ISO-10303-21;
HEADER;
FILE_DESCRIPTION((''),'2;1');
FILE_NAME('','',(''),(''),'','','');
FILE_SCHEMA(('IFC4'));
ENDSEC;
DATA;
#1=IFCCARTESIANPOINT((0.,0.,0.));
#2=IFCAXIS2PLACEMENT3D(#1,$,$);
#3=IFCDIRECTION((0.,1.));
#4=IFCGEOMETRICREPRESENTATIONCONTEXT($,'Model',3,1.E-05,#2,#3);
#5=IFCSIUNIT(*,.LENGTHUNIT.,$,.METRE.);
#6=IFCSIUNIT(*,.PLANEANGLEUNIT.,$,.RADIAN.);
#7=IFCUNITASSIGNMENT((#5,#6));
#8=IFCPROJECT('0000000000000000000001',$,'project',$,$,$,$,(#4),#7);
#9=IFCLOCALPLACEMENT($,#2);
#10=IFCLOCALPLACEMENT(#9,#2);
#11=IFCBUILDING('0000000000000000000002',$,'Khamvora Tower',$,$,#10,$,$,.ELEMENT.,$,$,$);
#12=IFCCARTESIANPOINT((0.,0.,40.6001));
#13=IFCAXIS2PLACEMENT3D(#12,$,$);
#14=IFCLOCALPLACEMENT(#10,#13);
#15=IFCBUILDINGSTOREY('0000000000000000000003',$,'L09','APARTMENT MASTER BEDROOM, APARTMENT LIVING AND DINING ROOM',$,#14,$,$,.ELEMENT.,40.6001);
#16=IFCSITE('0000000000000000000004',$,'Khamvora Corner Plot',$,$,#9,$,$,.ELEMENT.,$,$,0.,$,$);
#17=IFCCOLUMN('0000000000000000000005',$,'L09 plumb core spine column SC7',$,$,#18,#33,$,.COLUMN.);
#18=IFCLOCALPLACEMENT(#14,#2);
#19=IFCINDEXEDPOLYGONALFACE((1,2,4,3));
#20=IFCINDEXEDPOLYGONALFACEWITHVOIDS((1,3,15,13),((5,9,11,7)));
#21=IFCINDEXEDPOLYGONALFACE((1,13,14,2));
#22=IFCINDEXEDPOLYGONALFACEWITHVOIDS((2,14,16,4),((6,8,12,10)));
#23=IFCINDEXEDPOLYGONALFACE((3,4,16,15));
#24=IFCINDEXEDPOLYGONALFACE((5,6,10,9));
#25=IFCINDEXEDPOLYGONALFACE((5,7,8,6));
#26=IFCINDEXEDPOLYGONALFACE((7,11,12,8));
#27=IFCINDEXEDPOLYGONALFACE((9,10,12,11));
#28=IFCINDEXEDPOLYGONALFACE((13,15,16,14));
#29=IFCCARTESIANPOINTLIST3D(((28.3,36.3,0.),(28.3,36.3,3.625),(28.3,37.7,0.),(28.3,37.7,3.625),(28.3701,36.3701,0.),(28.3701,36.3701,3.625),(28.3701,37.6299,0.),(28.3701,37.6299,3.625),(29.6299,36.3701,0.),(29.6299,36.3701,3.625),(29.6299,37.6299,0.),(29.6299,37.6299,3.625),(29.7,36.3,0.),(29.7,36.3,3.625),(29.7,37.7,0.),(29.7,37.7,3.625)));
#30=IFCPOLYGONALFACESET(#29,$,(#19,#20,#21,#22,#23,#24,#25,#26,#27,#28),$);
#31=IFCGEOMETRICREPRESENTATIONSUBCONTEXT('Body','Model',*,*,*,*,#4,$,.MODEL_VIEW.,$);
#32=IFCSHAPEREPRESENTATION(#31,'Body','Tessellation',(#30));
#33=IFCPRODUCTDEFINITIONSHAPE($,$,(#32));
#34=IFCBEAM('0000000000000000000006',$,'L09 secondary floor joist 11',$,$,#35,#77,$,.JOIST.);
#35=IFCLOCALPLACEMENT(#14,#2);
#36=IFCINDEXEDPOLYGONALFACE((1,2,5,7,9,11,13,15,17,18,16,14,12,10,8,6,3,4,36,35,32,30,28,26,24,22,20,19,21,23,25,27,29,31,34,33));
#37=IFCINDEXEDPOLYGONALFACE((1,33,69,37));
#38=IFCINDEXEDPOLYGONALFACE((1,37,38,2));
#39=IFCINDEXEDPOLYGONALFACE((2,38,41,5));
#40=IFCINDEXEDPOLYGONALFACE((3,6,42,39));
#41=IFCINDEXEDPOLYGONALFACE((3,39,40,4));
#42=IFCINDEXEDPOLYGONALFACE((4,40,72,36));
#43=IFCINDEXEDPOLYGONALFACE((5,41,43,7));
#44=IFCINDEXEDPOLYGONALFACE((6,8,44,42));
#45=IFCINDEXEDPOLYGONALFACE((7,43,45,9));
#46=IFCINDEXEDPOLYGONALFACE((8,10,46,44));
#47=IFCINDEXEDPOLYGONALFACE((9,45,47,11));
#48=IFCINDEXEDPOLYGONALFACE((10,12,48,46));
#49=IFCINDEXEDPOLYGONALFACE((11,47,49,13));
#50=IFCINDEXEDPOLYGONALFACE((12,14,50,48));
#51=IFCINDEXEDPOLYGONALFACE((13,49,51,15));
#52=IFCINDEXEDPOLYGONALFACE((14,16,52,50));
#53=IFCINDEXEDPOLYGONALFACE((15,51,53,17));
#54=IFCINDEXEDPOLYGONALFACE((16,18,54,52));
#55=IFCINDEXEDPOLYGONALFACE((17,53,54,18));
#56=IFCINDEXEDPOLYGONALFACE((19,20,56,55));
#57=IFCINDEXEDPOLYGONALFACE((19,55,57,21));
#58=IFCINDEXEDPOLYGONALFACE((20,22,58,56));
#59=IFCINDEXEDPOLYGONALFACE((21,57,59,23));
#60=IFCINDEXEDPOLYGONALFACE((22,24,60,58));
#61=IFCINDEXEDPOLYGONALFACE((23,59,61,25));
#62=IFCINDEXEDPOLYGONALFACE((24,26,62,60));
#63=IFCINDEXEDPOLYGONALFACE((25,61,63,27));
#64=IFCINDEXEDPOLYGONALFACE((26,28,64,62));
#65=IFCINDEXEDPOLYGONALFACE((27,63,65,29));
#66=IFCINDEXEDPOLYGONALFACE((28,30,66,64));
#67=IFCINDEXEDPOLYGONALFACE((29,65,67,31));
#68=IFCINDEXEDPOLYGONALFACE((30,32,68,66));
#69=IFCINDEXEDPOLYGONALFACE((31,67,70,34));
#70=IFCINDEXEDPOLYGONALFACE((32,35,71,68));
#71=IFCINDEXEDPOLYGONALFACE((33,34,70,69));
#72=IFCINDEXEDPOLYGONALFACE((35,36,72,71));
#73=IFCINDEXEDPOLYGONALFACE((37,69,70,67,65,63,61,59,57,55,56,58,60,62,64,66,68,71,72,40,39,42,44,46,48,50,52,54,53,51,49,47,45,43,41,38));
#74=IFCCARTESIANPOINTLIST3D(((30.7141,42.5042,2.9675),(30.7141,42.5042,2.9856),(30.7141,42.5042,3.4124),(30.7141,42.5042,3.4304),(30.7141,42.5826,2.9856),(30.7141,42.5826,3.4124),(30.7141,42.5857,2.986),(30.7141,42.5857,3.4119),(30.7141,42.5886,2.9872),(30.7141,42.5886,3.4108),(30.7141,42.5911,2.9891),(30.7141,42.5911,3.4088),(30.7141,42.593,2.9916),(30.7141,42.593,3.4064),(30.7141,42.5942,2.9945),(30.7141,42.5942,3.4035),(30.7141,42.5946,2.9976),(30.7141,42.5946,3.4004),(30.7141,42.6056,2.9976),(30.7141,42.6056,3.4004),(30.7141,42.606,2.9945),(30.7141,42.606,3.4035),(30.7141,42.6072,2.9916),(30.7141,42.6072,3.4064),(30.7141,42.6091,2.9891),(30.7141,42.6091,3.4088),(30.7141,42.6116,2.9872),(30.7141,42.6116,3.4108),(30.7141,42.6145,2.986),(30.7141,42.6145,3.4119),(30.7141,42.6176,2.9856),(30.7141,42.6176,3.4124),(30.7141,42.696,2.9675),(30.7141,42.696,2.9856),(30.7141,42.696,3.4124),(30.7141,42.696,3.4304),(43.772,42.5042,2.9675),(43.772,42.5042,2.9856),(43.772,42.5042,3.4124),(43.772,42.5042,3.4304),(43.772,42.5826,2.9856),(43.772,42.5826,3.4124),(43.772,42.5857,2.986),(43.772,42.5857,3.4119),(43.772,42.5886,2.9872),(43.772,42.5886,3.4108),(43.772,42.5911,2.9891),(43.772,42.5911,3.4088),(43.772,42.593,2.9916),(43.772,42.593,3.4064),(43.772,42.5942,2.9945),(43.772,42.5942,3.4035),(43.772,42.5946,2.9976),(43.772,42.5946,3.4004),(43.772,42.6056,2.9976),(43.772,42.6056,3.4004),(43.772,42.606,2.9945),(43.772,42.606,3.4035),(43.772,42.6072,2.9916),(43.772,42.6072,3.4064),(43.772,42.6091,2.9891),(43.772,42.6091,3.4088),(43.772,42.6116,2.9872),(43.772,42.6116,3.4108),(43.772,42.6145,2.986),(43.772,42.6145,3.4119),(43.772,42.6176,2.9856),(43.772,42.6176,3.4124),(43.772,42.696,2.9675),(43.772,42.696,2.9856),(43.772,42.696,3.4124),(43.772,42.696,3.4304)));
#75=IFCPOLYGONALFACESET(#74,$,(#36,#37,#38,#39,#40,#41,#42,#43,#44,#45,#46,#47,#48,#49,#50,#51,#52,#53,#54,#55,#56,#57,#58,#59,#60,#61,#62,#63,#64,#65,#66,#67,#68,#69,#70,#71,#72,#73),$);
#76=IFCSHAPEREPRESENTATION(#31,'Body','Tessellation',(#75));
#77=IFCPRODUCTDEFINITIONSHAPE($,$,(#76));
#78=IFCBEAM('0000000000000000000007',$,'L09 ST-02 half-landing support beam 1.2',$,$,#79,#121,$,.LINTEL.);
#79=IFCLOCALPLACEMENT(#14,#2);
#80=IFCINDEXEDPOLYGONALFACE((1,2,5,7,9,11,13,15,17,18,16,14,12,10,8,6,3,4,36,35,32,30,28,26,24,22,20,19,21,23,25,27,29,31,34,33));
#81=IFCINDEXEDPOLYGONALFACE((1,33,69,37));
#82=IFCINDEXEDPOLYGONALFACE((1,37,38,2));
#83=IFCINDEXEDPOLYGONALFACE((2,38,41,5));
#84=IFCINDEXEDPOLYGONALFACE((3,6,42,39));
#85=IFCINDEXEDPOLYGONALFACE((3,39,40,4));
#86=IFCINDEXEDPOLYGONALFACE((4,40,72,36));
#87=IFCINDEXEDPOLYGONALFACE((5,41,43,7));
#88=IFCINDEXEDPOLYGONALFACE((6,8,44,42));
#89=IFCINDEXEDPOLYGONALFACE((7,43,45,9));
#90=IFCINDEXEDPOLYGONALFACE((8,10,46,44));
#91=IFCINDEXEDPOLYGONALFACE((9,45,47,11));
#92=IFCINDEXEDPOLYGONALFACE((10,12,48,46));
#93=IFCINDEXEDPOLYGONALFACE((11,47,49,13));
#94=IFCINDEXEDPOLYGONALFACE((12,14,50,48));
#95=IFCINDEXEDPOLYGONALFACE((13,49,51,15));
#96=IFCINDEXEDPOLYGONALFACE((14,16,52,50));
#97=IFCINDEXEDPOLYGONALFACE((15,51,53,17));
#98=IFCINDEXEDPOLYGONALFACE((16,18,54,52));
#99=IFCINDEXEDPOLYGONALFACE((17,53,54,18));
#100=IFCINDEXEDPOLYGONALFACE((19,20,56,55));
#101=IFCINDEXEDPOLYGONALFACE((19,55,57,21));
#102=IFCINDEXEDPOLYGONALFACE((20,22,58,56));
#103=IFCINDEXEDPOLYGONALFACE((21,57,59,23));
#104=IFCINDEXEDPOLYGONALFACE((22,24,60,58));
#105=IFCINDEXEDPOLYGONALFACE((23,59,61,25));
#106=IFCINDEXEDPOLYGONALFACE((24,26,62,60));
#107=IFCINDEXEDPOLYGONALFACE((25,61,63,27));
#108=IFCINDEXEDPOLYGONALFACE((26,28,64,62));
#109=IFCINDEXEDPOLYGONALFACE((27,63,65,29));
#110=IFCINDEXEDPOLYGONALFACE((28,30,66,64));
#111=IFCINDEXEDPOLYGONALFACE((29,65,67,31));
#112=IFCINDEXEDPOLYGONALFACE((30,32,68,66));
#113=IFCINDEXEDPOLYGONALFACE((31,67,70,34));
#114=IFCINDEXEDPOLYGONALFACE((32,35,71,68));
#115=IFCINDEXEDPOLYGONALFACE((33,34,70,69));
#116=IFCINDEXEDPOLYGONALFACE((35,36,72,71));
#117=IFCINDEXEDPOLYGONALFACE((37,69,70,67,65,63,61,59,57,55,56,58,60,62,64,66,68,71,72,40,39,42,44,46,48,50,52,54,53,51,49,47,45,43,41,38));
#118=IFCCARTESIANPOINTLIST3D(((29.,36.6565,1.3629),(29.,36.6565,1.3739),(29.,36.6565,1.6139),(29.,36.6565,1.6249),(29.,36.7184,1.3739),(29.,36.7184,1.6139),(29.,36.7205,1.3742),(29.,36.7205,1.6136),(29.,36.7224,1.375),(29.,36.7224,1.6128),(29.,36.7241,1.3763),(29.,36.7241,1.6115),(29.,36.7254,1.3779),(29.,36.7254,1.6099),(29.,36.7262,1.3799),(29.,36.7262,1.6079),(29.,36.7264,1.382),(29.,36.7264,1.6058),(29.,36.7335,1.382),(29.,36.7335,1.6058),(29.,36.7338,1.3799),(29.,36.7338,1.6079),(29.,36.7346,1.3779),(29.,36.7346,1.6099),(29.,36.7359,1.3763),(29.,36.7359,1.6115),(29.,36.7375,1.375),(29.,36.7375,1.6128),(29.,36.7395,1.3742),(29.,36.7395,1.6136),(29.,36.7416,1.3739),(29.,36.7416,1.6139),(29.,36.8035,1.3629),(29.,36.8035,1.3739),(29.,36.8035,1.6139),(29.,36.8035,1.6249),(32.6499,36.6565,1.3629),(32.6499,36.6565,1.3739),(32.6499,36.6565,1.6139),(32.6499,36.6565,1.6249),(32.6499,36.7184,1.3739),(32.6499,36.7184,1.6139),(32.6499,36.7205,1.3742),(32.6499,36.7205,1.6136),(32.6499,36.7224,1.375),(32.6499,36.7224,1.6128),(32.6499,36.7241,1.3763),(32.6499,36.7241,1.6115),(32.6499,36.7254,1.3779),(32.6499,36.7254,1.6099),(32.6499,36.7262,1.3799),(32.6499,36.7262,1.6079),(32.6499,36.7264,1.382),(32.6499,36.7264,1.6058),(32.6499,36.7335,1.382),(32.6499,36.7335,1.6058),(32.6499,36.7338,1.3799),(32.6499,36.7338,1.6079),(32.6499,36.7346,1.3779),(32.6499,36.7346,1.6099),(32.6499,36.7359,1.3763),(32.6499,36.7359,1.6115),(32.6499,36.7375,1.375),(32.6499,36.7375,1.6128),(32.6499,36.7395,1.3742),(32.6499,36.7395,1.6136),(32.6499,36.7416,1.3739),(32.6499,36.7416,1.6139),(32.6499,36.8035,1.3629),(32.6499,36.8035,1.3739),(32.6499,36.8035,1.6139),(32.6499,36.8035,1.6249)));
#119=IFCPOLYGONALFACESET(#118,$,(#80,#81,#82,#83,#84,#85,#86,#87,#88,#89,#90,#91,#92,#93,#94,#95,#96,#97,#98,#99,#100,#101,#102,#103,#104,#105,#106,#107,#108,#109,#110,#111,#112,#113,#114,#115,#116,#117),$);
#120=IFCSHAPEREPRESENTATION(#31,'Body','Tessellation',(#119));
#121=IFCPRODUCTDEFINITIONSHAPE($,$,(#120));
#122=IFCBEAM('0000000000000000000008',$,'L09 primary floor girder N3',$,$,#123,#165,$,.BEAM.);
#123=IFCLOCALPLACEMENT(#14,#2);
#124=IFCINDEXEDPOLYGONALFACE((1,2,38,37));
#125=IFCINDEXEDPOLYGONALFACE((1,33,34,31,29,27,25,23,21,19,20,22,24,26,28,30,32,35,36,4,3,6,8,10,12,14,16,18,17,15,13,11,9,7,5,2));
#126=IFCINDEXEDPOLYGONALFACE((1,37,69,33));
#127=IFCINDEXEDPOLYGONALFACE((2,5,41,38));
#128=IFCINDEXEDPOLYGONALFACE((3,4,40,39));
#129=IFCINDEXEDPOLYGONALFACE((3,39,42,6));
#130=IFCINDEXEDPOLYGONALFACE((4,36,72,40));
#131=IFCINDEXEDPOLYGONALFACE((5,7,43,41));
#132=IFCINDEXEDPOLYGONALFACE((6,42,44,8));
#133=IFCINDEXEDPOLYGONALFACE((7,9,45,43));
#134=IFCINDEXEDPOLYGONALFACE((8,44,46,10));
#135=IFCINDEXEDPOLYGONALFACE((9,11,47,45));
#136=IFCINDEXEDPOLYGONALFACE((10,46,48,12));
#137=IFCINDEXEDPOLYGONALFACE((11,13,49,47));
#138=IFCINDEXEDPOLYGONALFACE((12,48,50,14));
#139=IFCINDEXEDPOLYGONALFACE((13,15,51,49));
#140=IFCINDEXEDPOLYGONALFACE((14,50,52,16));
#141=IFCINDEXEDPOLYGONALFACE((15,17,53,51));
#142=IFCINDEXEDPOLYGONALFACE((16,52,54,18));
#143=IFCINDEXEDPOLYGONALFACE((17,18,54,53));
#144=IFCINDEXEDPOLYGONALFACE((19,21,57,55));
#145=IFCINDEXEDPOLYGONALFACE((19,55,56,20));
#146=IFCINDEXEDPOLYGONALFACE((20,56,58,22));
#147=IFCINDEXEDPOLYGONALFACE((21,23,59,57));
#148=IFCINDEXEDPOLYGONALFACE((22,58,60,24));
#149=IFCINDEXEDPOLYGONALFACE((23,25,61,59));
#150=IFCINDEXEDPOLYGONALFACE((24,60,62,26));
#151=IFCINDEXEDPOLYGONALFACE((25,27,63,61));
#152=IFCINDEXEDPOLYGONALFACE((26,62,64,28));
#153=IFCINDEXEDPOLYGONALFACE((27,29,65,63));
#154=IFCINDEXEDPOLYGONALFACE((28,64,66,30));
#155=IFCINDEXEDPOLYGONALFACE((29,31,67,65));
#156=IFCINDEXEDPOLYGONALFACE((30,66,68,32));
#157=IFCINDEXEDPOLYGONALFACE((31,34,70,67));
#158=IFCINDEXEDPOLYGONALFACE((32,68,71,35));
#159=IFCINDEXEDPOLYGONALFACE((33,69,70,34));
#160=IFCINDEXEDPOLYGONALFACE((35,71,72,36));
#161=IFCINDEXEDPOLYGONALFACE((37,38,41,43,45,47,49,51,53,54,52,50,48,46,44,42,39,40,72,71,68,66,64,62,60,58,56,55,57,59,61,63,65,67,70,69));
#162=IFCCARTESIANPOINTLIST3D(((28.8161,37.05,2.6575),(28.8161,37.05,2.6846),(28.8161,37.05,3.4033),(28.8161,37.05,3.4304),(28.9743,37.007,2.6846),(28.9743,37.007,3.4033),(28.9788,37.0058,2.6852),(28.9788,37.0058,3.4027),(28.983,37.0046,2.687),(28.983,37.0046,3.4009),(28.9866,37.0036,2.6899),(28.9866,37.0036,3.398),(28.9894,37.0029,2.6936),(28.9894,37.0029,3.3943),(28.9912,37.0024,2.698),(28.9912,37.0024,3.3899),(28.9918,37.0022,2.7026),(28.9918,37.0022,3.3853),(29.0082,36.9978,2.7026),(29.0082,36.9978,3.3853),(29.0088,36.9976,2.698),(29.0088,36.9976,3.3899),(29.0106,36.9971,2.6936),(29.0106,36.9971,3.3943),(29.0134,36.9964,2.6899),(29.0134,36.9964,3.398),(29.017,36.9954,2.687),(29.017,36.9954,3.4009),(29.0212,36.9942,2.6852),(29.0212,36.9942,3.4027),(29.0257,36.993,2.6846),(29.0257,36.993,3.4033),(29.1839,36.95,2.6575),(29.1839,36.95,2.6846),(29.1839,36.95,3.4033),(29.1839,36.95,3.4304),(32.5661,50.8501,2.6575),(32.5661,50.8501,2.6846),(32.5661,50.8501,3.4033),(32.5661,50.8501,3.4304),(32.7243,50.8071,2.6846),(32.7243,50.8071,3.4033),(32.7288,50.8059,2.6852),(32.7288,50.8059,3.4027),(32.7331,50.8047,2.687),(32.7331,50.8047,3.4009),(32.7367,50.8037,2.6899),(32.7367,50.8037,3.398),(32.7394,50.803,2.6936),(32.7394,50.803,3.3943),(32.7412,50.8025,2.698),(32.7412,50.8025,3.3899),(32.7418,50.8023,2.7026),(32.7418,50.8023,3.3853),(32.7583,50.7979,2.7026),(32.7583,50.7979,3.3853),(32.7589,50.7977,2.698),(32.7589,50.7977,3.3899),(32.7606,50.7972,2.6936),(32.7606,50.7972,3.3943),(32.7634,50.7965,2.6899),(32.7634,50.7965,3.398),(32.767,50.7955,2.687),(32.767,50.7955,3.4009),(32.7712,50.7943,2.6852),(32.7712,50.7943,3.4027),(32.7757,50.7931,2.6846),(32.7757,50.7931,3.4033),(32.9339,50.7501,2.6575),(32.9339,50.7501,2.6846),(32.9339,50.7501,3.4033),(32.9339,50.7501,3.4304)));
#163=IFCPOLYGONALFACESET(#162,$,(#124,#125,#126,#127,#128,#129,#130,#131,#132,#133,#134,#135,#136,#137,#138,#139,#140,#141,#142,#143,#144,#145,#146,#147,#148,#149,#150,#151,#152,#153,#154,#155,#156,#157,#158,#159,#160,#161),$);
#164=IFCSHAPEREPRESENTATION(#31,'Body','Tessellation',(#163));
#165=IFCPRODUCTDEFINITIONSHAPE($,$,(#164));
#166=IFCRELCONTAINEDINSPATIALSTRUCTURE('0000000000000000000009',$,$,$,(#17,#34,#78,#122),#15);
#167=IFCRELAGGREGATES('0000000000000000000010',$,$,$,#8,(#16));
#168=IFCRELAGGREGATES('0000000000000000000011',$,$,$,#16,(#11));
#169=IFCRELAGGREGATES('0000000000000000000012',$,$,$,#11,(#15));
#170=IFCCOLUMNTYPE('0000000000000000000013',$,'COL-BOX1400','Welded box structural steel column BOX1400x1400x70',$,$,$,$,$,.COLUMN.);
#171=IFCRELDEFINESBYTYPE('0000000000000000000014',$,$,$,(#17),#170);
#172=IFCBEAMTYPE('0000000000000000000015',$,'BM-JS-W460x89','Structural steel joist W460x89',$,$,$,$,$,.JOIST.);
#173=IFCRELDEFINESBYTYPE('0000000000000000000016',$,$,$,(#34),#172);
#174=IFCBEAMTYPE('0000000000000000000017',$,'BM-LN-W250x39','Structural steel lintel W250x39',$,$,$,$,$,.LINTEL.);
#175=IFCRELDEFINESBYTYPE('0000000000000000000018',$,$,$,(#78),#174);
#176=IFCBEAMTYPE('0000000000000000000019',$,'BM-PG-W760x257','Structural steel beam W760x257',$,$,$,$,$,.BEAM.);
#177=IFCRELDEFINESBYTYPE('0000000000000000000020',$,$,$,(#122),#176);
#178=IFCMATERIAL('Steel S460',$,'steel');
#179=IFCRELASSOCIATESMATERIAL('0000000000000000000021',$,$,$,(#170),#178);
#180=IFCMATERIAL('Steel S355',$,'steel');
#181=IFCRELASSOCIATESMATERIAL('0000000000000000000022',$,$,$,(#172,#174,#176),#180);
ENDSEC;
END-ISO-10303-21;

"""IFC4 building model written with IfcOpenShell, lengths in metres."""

from ifc_helpers import new_model, si_unit, direction, frame, origin, origin_2d, place, context, subcontext, project, spatial, hollow_rectangle, i_section, extrude, material, material_profile, profile_set, type_object, element, save


model = new_model("IFC4")

# Units and contexts
model_context = context("Model", 3, precision=1e-05, world=origin(), true_north=direction((0.0, 1.0)))
body_context = subcontext(model_context, "Body", "Model", "MODEL_VIEW")
ifc_project = project(units=[si_unit("LENGTHUNIT", "METRE"), si_unit("PLANEANGLEUNIT", "RADIAN")], contexts=[model_context])

# Site, building, storey
site_placement = place(None, origin())
site = spatial("IfcSite", under=ifc_project, at=site_placement, Name="Khamvora Corner Plot", CompositionType="ELEMENT", RefElevation=0.0)
building_placement = place(site_placement, origin())
building = spatial("IfcBuilding", under=site, at=building_placement, Name="Khamvora Tower", CompositionType="ELEMENT")
storey_placement = place(building_placement, frame((0.0, 0.0, 40.6001)))
storey = spatial("IfcBuildingStorey", under=building, at=storey_placement, Name="L09", Description="APARTMENT MASTER BEDROOM, APARTMENT LIVING AND DINING ROOM", CompositionType="ELEMENT", Elevation=40.6001)

# Column
ifc_material_1 = material(Name="Steel S460", Category="steel")
ifc_material_profile_1 = material_profile(ifc_material_1, hollow_rectangle(XDim=1.3999, YDim=1.3999, WallThickness=0.0701, at=origin_2d()), Name="BOX1400x1400x70")
ifc_profile_set_1 = profile_set([ifc_material_profile_1], Name="Steel S460")
column_type = type_object("IfcColumnType", Name="COL-BOX1400", Description="Welded box structural steel column BOX1400x1400x70", PredefinedType="COLUMN", material=ifc_profile_set_1)
column_placement = place(storey_placement, frame((29.0, 37.0, 0.0), z_axis=(0.0, 0.0, 1.0), x_axis=(1.0, 0.0, 0.0)))
element("IfcColumn", 1, at=column_placement, inside=storey, type_object=column_type, Name="L09 plumb core spine column SC7", PredefinedType="COLUMN", context=body_context, shape_type="SweptSolid", body=[
    extrude(hollow_rectangle(XDim=1.3999, YDim=1.3999, WallThickness=0.0701, at=origin_2d()), origin(), (0.0, 0.0, 1.0), 3.625),
])

# Beams
ifc_material_2 = material(Name="Steel S355", Category="steel")
ifc_material_profile_2 = material_profile(ifc_material_2, i_section(OverallWidth=0.1919, OverallDepth=0.4629, WebThickness=0.011, FlangeThickness=0.0181, FilletRadius=0.012, at=origin_2d()), Name="W460x89")
ifc_profile_set_2 = profile_set([ifc_material_profile_2], Name="Steel S355")
beam_type_1 = type_object("IfcBeamType", Name="BM-JS-W460x89", Description="Structural steel joist W460x89", PredefinedType="JOIST", material=ifc_profile_set_2)
beam_1_placement = place(storey_placement, frame((30.7141, 42.6001, 3.199), z_axis=(1.0, 0.0, 0.0), x_axis=(0.0, 1.0, 0.0)))
element("IfcBeam", 2, at=beam_1_placement, inside=storey, type_object=beam_type_1, Name="L09 secondary floor joist 11", PredefinedType="JOIST", context=body_context, shape_type="SweptSolid", body=[
    extrude(i_section(OverallWidth=0.1919, OverallDepth=0.4629, WebThickness=0.011, FlangeThickness=0.0181, FilletRadius=0.012, at=origin_2d()), origin(), (0.0, 0.0, 1.0), 13.0579),
])
ifc_material_profile_3 = material_profile(ifc_material_2, i_section(OverallWidth=0.147, OverallDepth=0.262, WebThickness=0.0071, FlangeThickness=0.011, FilletRadius=0.0081, at=origin_2d()), Name="W250x39")
ifc_profile_set_3 = profile_set([ifc_material_profile_3], Name="Steel S355")
beam_type_2 = type_object("IfcBeamType", Name="BM-LN-W250x39", Description="Structural steel lintel W250x39", PredefinedType="LINTEL", material=ifc_profile_set_3)
beam_2_placement = place(storey_placement, frame((29.0, 36.73, 1.4939), z_axis=(1.0, 0.0, 0.0), x_axis=(0.0, 1.0, 0.0)))
element("IfcBeam", 3, at=beam_2_placement, inside=storey, type_object=beam_type_2, Name="L09 ST-02 half-landing support beam 1.2", PredefinedType="LINTEL", context=body_context, shape_type="SweptSolid", body=[
    extrude(i_section(OverallWidth=0.147, OverallDepth=0.262, WebThickness=0.0071, FlangeThickness=0.011, FilletRadius=0.0081, at=origin_2d()), origin(), (0.0, 0.0, 1.0), 3.6499),
])
ifc_material_profile_4 = material_profile(ifc_material_2, i_section(OverallWidth=0.3811, OverallDepth=0.7729, WebThickness=0.0171, FlangeThickness=0.0271, FilletRadius=0.0181, at=origin_2d()), Name="W760x257")
ifc_profile_set_4 = profile_set([ifc_material_profile_4], Name="Steel S355")
beam_type_3 = type_object("IfcBeamType", Name="BM-PG-W760x257", Description="Structural steel beam W760x257", PredefinedType="BEAM", material=ifc_profile_set_4)
beam_3_placement = place(storey_placement, frame((29.0, 37.0, 3.0439), z_axis=(0.262229, 0.965006, 0.0), x_axis=(-0.965006, 0.262229, 0.0)))
element("IfcBeam", 4, at=beam_3_placement, inside=storey, type_object=beam_type_3, Name="L09 primary floor girder N3", PredefinedType="BEAM", context=body_context, shape_type="SweptSolid", body=[
    extrude(i_section(OverallWidth=0.3811, OverallDepth=0.7729, WebThickness=0.0171, FlangeThickness=0.0271, FilletRadius=0.0181, at=origin_2d()), origin(), (0.0, 0.0, 1.0), 14.3005),
])

save(model, "model.ifc")
